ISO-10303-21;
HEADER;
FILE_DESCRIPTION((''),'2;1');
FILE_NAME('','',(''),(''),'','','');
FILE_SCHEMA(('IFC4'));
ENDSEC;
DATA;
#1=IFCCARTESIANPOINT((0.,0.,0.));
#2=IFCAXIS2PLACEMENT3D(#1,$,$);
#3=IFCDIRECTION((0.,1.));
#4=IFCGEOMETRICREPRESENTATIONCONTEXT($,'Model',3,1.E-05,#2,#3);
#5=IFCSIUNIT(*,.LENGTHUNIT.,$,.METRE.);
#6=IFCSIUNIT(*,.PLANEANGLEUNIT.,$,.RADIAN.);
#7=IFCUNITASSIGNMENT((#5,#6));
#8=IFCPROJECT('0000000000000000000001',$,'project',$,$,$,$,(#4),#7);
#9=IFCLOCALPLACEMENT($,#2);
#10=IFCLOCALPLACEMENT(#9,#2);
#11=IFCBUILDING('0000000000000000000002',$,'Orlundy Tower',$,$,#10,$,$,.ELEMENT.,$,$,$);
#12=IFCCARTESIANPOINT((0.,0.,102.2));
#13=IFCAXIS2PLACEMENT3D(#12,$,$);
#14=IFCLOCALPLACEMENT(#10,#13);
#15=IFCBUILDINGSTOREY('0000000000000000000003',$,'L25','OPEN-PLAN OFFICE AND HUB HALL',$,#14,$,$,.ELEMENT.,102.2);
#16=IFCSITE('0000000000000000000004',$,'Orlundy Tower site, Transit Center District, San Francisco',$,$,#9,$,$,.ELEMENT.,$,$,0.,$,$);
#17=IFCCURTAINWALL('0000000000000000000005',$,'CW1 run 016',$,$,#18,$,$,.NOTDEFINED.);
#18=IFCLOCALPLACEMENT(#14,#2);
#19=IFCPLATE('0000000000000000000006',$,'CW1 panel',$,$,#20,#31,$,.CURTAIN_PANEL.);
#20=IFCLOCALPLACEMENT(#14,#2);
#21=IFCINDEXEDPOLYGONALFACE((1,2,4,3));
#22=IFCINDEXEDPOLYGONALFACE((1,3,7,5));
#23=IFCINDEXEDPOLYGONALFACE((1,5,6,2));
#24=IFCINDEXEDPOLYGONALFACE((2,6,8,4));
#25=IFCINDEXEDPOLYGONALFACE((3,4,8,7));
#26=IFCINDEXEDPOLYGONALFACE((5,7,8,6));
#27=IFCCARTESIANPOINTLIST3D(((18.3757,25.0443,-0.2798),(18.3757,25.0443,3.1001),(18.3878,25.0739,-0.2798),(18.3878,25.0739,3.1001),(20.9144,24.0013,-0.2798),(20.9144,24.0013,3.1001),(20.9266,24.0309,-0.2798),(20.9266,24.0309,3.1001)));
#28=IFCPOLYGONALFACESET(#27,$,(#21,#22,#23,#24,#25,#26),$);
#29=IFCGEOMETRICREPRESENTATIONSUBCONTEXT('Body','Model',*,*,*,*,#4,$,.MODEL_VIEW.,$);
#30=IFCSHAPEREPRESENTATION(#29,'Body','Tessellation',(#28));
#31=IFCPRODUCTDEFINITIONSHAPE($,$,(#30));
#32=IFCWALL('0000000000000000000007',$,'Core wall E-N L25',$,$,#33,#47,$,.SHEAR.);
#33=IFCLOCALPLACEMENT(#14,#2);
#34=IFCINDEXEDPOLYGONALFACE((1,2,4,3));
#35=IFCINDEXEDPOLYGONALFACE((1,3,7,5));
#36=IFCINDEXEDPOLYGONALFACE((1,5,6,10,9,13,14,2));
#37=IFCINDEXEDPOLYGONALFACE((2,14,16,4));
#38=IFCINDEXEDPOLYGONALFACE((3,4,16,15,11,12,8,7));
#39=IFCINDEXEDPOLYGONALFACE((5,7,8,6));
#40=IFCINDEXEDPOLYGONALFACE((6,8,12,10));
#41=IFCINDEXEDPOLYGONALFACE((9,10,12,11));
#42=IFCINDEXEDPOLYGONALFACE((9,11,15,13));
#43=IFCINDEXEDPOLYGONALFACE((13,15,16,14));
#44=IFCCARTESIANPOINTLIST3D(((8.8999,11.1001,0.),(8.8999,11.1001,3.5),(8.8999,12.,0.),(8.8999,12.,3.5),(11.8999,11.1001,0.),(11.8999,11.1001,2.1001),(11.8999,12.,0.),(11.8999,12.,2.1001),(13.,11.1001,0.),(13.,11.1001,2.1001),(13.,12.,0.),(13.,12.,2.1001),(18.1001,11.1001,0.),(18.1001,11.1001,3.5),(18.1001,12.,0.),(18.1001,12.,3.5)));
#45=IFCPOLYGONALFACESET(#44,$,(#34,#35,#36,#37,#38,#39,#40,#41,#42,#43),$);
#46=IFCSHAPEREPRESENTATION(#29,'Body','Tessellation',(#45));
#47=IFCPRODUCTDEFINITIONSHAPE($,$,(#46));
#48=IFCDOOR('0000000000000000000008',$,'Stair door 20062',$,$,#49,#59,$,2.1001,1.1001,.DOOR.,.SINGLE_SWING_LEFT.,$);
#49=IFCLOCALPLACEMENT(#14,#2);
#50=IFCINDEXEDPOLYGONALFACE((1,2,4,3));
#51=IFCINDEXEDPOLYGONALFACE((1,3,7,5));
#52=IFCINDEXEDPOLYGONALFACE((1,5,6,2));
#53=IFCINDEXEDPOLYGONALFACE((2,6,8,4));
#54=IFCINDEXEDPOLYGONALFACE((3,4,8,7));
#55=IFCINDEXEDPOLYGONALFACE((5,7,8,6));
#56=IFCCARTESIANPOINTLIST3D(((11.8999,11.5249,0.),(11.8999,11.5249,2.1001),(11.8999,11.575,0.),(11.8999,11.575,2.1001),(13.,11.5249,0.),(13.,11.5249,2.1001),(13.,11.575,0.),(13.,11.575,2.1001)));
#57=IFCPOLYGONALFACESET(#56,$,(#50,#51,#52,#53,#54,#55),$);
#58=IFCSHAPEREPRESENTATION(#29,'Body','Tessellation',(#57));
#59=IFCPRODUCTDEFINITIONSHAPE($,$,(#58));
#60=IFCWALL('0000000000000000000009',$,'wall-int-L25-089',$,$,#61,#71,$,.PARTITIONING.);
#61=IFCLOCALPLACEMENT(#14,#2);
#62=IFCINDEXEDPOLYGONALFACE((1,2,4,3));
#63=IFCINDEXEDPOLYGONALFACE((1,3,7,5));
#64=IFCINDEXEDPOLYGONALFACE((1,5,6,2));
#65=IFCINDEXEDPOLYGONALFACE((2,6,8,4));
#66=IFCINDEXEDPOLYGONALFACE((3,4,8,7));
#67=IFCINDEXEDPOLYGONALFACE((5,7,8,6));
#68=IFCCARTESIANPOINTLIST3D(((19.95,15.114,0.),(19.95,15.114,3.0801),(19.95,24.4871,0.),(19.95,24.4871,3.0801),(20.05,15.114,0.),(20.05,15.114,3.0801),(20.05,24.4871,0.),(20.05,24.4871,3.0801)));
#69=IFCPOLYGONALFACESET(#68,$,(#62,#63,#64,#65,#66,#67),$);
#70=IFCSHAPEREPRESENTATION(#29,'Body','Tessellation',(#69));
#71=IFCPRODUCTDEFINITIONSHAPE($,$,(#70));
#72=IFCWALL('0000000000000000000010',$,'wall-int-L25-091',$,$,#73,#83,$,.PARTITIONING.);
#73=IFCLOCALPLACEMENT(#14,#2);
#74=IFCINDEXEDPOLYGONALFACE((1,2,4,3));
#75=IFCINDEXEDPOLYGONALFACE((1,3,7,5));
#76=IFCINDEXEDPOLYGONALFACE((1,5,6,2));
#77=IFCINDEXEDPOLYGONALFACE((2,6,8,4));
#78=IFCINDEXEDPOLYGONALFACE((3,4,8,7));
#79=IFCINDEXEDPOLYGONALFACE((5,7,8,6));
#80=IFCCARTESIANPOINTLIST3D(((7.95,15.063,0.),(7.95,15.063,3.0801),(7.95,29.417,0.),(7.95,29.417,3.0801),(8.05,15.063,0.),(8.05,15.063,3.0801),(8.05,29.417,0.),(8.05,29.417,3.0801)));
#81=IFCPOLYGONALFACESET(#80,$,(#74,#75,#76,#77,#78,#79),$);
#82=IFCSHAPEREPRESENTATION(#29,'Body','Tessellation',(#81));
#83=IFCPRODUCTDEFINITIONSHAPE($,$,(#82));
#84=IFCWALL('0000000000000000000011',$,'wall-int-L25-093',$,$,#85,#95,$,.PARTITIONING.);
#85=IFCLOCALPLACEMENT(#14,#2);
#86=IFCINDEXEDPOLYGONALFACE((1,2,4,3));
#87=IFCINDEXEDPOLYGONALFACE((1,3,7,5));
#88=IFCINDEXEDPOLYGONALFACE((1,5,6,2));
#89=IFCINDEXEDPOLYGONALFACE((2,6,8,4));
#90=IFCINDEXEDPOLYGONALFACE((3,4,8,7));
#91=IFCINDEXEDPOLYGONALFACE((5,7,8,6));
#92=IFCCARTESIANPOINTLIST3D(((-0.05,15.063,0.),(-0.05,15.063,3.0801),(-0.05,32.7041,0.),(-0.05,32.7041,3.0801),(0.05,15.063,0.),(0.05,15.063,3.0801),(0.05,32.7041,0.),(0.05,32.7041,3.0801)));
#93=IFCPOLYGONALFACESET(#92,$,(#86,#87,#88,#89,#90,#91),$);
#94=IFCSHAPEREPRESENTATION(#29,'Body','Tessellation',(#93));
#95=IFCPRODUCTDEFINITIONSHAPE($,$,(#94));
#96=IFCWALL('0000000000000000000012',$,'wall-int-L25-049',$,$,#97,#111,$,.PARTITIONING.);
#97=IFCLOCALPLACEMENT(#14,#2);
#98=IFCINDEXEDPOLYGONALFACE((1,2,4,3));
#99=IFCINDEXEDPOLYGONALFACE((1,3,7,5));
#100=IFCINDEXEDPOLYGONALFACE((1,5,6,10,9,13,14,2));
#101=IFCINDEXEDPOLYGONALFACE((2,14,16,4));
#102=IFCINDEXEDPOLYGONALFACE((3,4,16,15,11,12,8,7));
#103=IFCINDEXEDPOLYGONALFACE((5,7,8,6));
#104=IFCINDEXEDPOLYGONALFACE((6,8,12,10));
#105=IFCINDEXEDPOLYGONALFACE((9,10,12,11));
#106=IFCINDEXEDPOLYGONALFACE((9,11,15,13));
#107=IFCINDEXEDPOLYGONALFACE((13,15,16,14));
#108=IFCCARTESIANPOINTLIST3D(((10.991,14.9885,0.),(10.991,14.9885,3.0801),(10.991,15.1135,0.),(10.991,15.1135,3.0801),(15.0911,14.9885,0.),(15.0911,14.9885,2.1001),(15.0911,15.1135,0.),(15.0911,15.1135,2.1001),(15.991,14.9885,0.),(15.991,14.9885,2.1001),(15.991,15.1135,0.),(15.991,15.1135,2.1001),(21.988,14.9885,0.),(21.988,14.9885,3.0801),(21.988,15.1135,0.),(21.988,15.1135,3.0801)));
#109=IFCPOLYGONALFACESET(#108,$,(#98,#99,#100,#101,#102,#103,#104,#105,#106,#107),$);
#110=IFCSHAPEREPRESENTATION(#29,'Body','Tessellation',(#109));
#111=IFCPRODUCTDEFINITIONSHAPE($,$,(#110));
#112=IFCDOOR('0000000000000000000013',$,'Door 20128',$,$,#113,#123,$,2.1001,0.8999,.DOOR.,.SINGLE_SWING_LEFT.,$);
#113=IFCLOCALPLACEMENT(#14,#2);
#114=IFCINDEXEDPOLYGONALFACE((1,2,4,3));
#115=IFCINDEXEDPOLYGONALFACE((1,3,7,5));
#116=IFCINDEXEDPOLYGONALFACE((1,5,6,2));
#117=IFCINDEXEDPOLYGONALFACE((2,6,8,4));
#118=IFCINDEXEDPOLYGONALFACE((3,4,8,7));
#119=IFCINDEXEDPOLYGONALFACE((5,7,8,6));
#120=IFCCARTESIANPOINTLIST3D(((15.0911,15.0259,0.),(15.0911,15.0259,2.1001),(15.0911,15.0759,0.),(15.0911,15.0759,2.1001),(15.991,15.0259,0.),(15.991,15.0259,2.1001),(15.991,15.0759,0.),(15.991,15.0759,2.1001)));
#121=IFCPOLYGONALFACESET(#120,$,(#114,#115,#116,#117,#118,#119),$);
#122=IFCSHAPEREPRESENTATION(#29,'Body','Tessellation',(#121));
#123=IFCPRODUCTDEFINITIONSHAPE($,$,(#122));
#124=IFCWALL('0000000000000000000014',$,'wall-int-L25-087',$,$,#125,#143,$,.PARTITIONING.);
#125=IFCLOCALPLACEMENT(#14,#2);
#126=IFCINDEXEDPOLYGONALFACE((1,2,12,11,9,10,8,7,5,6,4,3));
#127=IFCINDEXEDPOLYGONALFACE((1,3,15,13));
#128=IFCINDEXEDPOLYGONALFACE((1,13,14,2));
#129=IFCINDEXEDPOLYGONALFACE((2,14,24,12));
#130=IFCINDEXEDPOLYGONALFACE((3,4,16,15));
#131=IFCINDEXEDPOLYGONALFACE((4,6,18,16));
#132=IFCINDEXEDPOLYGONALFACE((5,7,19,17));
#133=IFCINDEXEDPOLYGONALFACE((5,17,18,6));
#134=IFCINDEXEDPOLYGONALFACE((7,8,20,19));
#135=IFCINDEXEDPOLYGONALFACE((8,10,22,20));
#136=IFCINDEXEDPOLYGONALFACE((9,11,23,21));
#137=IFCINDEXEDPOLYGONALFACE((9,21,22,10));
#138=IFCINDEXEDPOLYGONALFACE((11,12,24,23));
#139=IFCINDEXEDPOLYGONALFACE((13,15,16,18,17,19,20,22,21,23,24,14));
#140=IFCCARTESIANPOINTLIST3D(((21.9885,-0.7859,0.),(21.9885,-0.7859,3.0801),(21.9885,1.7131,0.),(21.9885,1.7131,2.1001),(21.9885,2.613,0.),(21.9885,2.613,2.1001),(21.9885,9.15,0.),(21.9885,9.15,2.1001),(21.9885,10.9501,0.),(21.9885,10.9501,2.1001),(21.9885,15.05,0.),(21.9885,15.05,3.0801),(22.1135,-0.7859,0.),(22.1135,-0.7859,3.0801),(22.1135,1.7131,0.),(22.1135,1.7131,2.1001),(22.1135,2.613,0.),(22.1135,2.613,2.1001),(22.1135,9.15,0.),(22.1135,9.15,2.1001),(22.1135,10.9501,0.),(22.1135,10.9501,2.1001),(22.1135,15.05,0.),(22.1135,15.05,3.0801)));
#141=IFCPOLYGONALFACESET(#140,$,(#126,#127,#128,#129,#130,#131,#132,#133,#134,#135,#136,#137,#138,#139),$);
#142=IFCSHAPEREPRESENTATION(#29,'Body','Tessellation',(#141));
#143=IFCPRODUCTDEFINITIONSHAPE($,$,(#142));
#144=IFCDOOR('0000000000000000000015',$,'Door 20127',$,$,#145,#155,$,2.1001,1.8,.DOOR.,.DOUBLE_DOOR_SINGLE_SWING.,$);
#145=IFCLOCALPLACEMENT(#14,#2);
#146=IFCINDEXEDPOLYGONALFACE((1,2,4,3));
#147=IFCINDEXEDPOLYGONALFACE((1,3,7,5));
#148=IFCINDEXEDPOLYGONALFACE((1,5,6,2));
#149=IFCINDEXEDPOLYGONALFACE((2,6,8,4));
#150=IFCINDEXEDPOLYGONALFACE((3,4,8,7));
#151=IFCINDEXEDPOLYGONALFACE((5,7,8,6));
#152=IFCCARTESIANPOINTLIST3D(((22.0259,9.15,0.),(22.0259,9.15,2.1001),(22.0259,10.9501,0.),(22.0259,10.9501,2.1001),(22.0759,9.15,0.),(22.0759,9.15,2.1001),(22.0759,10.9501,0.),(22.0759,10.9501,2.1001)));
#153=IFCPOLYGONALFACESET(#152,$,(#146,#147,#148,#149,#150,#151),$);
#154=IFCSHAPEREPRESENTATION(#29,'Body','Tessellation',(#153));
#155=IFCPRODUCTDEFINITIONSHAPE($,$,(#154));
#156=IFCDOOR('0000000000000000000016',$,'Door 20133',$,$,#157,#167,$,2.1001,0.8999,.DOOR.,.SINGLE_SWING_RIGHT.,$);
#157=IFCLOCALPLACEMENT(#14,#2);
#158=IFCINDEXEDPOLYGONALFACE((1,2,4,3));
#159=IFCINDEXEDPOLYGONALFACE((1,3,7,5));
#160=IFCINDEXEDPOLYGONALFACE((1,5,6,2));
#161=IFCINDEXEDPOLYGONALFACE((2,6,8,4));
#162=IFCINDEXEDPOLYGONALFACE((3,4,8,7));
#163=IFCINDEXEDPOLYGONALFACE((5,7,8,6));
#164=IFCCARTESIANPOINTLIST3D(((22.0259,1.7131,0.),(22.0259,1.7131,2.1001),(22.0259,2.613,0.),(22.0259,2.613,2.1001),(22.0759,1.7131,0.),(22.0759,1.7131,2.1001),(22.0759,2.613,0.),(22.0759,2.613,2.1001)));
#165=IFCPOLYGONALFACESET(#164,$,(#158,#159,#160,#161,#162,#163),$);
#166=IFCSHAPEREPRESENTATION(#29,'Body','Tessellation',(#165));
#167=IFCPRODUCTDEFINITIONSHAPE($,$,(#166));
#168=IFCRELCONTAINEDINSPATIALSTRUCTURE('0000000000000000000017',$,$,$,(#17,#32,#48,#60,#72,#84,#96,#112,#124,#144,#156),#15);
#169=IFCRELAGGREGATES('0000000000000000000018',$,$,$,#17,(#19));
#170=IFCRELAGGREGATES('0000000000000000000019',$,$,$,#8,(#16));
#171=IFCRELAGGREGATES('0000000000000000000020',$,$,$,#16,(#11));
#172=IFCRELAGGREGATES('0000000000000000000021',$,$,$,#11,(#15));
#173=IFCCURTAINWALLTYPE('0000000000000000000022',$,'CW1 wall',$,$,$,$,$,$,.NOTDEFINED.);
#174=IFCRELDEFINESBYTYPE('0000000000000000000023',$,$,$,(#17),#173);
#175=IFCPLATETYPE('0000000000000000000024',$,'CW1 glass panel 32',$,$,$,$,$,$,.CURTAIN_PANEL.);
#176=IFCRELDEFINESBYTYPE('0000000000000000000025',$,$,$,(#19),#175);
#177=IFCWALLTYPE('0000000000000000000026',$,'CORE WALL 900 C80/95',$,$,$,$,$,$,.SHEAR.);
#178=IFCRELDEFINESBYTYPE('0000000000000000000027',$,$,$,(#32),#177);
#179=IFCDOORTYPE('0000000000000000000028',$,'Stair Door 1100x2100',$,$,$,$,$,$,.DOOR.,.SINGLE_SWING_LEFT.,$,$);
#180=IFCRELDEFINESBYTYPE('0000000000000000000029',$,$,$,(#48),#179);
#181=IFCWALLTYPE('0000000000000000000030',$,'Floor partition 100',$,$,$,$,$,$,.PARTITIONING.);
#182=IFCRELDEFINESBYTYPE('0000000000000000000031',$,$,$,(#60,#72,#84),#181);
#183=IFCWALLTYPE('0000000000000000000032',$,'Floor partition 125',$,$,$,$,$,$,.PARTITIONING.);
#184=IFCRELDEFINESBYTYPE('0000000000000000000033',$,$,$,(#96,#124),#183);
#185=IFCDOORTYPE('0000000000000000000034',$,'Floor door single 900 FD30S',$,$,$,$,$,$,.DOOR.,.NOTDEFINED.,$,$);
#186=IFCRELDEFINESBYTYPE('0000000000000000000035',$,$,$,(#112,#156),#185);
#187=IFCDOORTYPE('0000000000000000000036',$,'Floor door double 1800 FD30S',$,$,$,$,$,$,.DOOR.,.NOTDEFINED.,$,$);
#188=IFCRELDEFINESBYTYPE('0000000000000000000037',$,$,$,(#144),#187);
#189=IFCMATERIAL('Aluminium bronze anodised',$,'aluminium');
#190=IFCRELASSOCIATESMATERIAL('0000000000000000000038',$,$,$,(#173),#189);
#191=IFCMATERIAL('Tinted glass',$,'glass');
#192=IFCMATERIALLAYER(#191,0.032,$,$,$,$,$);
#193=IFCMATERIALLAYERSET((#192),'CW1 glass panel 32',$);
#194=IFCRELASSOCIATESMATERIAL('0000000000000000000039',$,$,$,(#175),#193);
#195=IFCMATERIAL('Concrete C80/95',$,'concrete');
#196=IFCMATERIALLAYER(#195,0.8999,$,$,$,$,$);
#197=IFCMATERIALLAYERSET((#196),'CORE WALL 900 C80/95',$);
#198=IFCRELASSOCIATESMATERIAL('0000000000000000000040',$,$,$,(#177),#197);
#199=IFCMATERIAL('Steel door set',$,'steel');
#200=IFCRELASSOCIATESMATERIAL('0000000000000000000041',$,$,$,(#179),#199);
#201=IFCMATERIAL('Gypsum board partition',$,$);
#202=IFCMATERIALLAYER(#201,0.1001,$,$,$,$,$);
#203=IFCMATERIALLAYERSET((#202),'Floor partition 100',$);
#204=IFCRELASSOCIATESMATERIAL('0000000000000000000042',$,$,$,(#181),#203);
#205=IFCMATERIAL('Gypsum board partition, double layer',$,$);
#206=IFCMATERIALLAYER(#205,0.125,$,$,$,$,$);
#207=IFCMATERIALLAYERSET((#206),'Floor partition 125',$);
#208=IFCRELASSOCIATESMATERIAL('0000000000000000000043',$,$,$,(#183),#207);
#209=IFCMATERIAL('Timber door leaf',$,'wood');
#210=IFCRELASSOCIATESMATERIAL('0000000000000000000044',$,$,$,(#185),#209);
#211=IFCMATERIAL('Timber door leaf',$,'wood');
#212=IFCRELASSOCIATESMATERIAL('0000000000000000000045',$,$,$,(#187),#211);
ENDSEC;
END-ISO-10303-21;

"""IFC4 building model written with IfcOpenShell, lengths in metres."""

from ifc_helpers import new_model, si_unit, direction, frame, frame_2d, origin, origin_2d, place, context, subcontext, project, spatial, rectangle, extrude, material, layer, layer_set, type_object, element, fill, aggregate, save


model = new_model("IFC4")

# Units and contexts
model_context = context("Model", 3, precision=1e-05, world=origin(), true_north=direction((0.0, 1.0)))
body_context = subcontext(model_context, "Body", "Model", "MODEL_VIEW")
ifc_project = project(units=[si_unit("LENGTHUNIT", "METRE"), si_unit("PLANEANGLEUNIT", "RADIAN")], contexts=[model_context])

# Site, building, storey
site_placement = place(None, origin())
site = spatial("IfcSite", under=ifc_project, at=site_placement, Name="Orlundy Tower site, Transit Center District, San Francisco", CompositionType="ELEMENT", RefElevation=0.0)
building_placement = place(site_placement, origin())
building = spatial("IfcBuilding", under=site, at=building_placement, Name="Orlundy Tower", CompositionType="ELEMENT")
storey_placement = place(building_placement, frame((0.0, 0.0, 102.2)))
storey = spatial("IfcBuildingStorey", under=building, at=storey_placement, Name="L25", Description="OPEN-PLAN OFFICE AND HUB HALL", CompositionType="ELEMENT", Elevation=102.2)

# Curtain wall
ifc_material_1 = material(Name="Aluminium bronze anodised", Category="aluminium")
curtain_wall_type = type_object("IfcCurtainWallType", Name="CW1 wall", PredefinedType="NOTDEFINED", material=ifc_material_1)
curtain_wall_1_placement = place(storey_placement, origin())
curtain_wall_1 = element("IfcCurtainWall", 1, at=curtain_wall_1_placement, inside=storey, type_object=curtain_wall_type, Name="CW1 run 016", PredefinedType="NOTDEFINED")

# Plate
ifc_material_2 = material(Name="Tinted glass", Category="glass")
ifc_layer_1 = layer(ifc_material_2, 0.032)
ifc_layer_set_1 = layer_set([ifc_layer_1], Name="CW1 glass panel 32")
plate_type = type_object("IfcPlateType", Name="CW1 glass panel 32", PredefinedType="CURTAIN_PANEL", material=ifc_layer_set_1)
plate_1_placement = place(storey_placement, frame((19.6511, 24.5376, -0.2798), z_axis=(0.0, 0.0, 1.0), x_axis=(0.924984, -0.380005, 0.0)))
plate_1 = element("IfcPlate", 2, at=plate_1_placement, type_object=plate_type, Name="CW1 panel", PredefinedType="CURTAIN_PANEL", context=body_context, shape_type="SweptSolid", body=[
    extrude(rectangle(XDim=2.7446, YDim=0.032, at=origin_2d()), origin(), (0.0, 0.0, 1.0), 3.3799),
])
aggregate(curtain_wall_1, [plate_1])

# Wall, opening, door
ifc_material_3 = material(Name="Concrete C80/95", Category="concrete")
ifc_layer_2 = layer(ifc_material_3, 0.8999)
ifc_layer_set_2 = layer_set([ifc_layer_2], Name="CORE WALL 900 C80/95")
wall_type_1 = type_object("IfcWallType", Name="CORE WALL 900 C80/95", PredefinedType="SHEAR", material=ifc_layer_set_2)
wall_1_placement = place(storey_placement, frame((8.8999, 11.55, 0.0), z_axis=(0.0, 0.0, 1.0), x_axis=(1.0, 0.0, 0.0)))
wall_1 = element("IfcWall", 3, at=wall_1_placement, inside=storey, type_object=wall_type_1, Name="Core wall E-N L25", PredefinedType="SHEAR", context=body_context, shape_type="SweptSolid", body=[
    extrude(rectangle(XDim=9.2002, YDim=0.8999, at=frame_2d((4.6001, 0.0))), origin(), (0.0, 0.0, 1.0), 3.5),
])
opening_1_placement = place(wall_1_placement, frame((3.0, 0.0, 0.0)))
opening_1 = element("IfcOpeningElement", 4, at=opening_1_placement, cuts=wall_1, PredefinedType="OPENING", context=body_context, shape_type="SweptSolid", body=[
    extrude(rectangle(XDim=1.1001, YDim=2.1001, at=frame_2d((0.55, 1.05))), frame((0.0, 0.46, 0.0), z_axis=(0.0, -1.0, 0.0), x_axis=(1.0, 0.0, 0.0)), (0.0, 0.0, 1.0), 0.9199),
])
ifc_material_4 = material(Name="Steel door set", Category="steel")
door_type_1 = type_object("IfcDoorType", Name="Stair Door 1100x2100", OperationType="SINGLE_SWING_LEFT", PredefinedType="DOOR", material=ifc_material_4)
door_1_placement = place(opening_1_placement, origin())
door_1 = element("IfcDoor", 5, at=door_1_placement, inside=storey, type_object=door_type_1, Name="Stair door 20062", OperationType="SINGLE_SWING_LEFT", OverallHeight=2.1001, OverallWidth=1.1001, PredefinedType="DOOR", context=body_context, shape_type="SweptSolid", body=[
    extrude(rectangle(XDim=1.1001, YDim=2.1001, at=frame_2d((0.55, 1.05))), frame((0.0, 0.0249, 0.0), z_axis=(0.0, -1.0, 0.0), x_axis=(1.0, 0.0, 0.0)), (0.0, 0.0, 1.0), 0.05),
])
fill(opening_1, door_1)

# Walls
ifc_material_5 = material(Name="Gypsum board partition")
ifc_layer_3 = layer(ifc_material_5, 0.1001)
ifc_layer_set_3 = layer_set([ifc_layer_3], Name="Floor partition 100")
wall_type_2 = type_object("IfcWallType", Name="Floor partition 100", PredefinedType="PARTITIONING", material=ifc_layer_set_3)
wall_2_placement = place(storey_placement, frame((20.0, 15.114, 0.0), z_axis=(0.0, 0.0, 1.0), x_axis=(0.0, 1.0, 0.0)))
element("IfcWall", 6, at=wall_2_placement, inside=storey, type_object=wall_type_2, Name="wall-int-L25-089", PredefinedType="PARTITIONING", context=body_context, shape_type="SweptSolid", body=[
    extrude(rectangle(XDim=9.373, YDim=0.1001, at=frame_2d((4.6865, 0.0))), origin(), (0.0, 0.0, 1.0), 3.0801),
])
wall_3_placement = place(storey_placement, frame((8.0, 15.063, 0.0), z_axis=(0.0, 0.0, 1.0), x_axis=(0.0, 1.0, 0.0)))
element("IfcWall", 7, at=wall_3_placement, inside=storey, type_object=wall_type_2, Name="wall-int-L25-091", PredefinedType="PARTITIONING", context=body_context, shape_type="SweptSolid", body=[
    extrude(rectangle(XDim=14.354, YDim=0.1001, at=frame_2d((7.177, 0.0))), origin(), (0.0, 0.0, 1.0), 3.0801),
])
wall_4_placement = place(storey_placement, frame((0.0, 15.063, 0.0), z_axis=(0.0, 0.0, 1.0), x_axis=(0.0, 1.0, 0.0)))
element("IfcWall", 8, at=wall_4_placement, inside=storey, type_object=wall_type_2, Name="wall-int-L25-093", PredefinedType="PARTITIONING", context=body_context, shape_type="SweptSolid", body=[
    extrude(rectangle(XDim=17.6411, YDim=0.1001, at=frame_2d((8.8206, 0.0))), origin(), (0.0, 0.0, 1.0), 3.0801),
])

# Wall, opening, door
ifc_material_6 = material(Name="Gypsum board partition, double layer")
ifc_layer_4 = layer(ifc_material_6, 0.125)
ifc_layer_set_4 = layer_set([ifc_layer_4], Name="Floor partition 125")
wall_type_3 = type_object("IfcWallType", Name="Floor partition 125", PredefinedType="PARTITIONING", material=ifc_layer_set_4)
wall_5_placement = place(storey_placement, frame((10.991, 15.051, 0.0), z_axis=(0.0, 0.0, 1.0), x_axis=(1.0, 0.0, 0.0)))
wall_5 = element("IfcWall", 9, at=wall_5_placement, inside=storey, type_object=wall_type_3, Name="wall-int-L25-049", PredefinedType="PARTITIONING", context=body_context, shape_type="SweptSolid", body=[
    extrude(rectangle(XDim=10.9971, YDim=0.125, at=frame_2d((5.4985, 0.0))), origin(), (0.0, 0.0, 1.0), 3.0801),
])
opening_2_placement = place(wall_5_placement, frame((4.1001, 0.0, 0.0)))
opening_2 = element("IfcOpeningElement", 10, at=opening_2_placement, cuts=wall_5, PredefinedType="OPENING", context=body_context, shape_type="SweptSolid", body=[
    extrude(rectangle(XDim=0.8999, YDim=2.1001, at=frame_2d((0.45, 1.05))), frame((0.0, 0.0725, 0.0), z_axis=(0.0, -1.0, 0.0), x_axis=(1.0, 0.0, 0.0)), (0.0, 0.0, 1.0), 0.145),
])
ifc_material_7 = material(Name="Timber door leaf", Category="wood")
door_type_2 = type_object("IfcDoorType", Name="Floor door single 900 FD30S", OperationType="NOTDEFINED", PredefinedType="DOOR", material=ifc_material_7)
door_2_placement = place(opening_2_placement, origin())
door_2 = element("IfcDoor", 11, at=door_2_placement, inside=storey, type_object=door_type_2, Name="Door 20128", OperationType="SINGLE_SWING_LEFT", OverallHeight=2.1001, OverallWidth=0.8999, PredefinedType="DOOR", context=body_context, shape_type="SweptSolid", body=[
    extrude(rectangle(XDim=0.8999, YDim=2.1001, at=frame_2d((0.45, 1.05))), frame((0.0, 0.0249, 0.0), z_axis=(0.0, -1.0, 0.0), x_axis=(1.0, 0.0, 0.0)), (0.0, 0.0, 1.0), 0.05),
])
fill(opening_2, door_2)

# Wall, openings, doors
wall_6_placement = place(storey_placement, frame((22.051, 15.05, 0.0), z_axis=(0.0, 0.0, 1.0), x_axis=(0.0, -1.0, 0.0)))
wall_6 = element("IfcWall", 12, at=wall_6_placement, inside=storey, type_object=wall_type_3, Name="wall-int-L25-087", PredefinedType="PARTITIONING", context=body_context, shape_type="SweptSolid", body=[
    extrude(rectangle(XDim=15.8359, YDim=0.125, at=frame_2d((7.918, 0.0))), origin(), (0.0, 0.0, 1.0), 3.0801),
])
opening_3_placement = place(wall_6_placement, frame((4.1001, 0.0, 0.0)))
opening_3 = element("IfcOpeningElement", 13, at=opening_3_placement, cuts=wall_6, PredefinedType="OPENING", context=body_context, shape_type="SweptSolid", body=[
    extrude(rectangle(XDim=1.8, YDim=2.1001, at=frame_2d((0.8999, 1.05))), frame((0.0, 0.0725, 0.0), z_axis=(0.0, -1.0, 0.0), x_axis=(1.0, 0.0, 0.0)), (0.0, 0.0, 1.0), 0.145),
])
opening_4_placement = place(wall_6_placement, frame((12.437, 0.0, 0.0)))
opening_4 = element("IfcOpeningElement", 14, at=opening_4_placement, cuts=wall_6, PredefinedType="OPENING", context=body_context, shape_type="SweptSolid", body=[
    extrude(rectangle(XDim=0.8999, YDim=2.1001, at=frame_2d((0.45, 1.05))), frame((0.0, 0.0725, 0.0), z_axis=(0.0, -1.0, 0.0), x_axis=(1.0, 0.0, 0.0)), (0.0, 0.0, 1.0), 0.145),
])
ifc_material_8 = material(Name="Timber door leaf", Category="wood")
door_type_3 = type_object("IfcDoorType", Name="Floor door double 1800 FD30S", OperationType="NOTDEFINED", PredefinedType="DOOR", material=ifc_material_8)
door_3_placement = place(opening_3_placement, origin())
door_3 = element("IfcDoor", 15, at=door_3_placement, inside=storey, type_object=door_type_3, Name="Door 20127", OperationType="DOUBLE_DOOR_SINGLE_SWING", OverallHeight=2.1001, OverallWidth=1.8, PredefinedType="DOOR", context=body_context, shape_type="SweptSolid", body=[
    extrude(rectangle(XDim=1.8, YDim=2.1001, at=frame_2d((0.8999, 1.05))), frame((0.0, 0.0249, 0.0), z_axis=(0.0, -1.0, 0.0), x_axis=(1.0, 0.0, 0.0)), (0.0, 0.0, 1.0), 0.05),
])
fill(opening_3, door_3)
door_4_placement = place(opening_4_placement, origin())
door_4 = element("IfcDoor", 16, at=door_4_placement, inside=storey, type_object=door_type_2, Name="Door 20133", OperationType="SINGLE_SWING_RIGHT", OverallHeight=2.1001, OverallWidth=0.8999, PredefinedType="DOOR", context=body_context, shape_type="SweptSolid", body=[
    extrude(rectangle(XDim=0.8999, YDim=2.1001, at=frame_2d((0.45, 1.05))), frame((0.0, 0.0249, 0.0), z_axis=(0.0, -1.0, 0.0), x_axis=(1.0, 0.0, 0.0)), (0.0, 0.0, 1.0), 0.05),
])
fill(opening_4, door_4)

save(model, "model.ifc")
